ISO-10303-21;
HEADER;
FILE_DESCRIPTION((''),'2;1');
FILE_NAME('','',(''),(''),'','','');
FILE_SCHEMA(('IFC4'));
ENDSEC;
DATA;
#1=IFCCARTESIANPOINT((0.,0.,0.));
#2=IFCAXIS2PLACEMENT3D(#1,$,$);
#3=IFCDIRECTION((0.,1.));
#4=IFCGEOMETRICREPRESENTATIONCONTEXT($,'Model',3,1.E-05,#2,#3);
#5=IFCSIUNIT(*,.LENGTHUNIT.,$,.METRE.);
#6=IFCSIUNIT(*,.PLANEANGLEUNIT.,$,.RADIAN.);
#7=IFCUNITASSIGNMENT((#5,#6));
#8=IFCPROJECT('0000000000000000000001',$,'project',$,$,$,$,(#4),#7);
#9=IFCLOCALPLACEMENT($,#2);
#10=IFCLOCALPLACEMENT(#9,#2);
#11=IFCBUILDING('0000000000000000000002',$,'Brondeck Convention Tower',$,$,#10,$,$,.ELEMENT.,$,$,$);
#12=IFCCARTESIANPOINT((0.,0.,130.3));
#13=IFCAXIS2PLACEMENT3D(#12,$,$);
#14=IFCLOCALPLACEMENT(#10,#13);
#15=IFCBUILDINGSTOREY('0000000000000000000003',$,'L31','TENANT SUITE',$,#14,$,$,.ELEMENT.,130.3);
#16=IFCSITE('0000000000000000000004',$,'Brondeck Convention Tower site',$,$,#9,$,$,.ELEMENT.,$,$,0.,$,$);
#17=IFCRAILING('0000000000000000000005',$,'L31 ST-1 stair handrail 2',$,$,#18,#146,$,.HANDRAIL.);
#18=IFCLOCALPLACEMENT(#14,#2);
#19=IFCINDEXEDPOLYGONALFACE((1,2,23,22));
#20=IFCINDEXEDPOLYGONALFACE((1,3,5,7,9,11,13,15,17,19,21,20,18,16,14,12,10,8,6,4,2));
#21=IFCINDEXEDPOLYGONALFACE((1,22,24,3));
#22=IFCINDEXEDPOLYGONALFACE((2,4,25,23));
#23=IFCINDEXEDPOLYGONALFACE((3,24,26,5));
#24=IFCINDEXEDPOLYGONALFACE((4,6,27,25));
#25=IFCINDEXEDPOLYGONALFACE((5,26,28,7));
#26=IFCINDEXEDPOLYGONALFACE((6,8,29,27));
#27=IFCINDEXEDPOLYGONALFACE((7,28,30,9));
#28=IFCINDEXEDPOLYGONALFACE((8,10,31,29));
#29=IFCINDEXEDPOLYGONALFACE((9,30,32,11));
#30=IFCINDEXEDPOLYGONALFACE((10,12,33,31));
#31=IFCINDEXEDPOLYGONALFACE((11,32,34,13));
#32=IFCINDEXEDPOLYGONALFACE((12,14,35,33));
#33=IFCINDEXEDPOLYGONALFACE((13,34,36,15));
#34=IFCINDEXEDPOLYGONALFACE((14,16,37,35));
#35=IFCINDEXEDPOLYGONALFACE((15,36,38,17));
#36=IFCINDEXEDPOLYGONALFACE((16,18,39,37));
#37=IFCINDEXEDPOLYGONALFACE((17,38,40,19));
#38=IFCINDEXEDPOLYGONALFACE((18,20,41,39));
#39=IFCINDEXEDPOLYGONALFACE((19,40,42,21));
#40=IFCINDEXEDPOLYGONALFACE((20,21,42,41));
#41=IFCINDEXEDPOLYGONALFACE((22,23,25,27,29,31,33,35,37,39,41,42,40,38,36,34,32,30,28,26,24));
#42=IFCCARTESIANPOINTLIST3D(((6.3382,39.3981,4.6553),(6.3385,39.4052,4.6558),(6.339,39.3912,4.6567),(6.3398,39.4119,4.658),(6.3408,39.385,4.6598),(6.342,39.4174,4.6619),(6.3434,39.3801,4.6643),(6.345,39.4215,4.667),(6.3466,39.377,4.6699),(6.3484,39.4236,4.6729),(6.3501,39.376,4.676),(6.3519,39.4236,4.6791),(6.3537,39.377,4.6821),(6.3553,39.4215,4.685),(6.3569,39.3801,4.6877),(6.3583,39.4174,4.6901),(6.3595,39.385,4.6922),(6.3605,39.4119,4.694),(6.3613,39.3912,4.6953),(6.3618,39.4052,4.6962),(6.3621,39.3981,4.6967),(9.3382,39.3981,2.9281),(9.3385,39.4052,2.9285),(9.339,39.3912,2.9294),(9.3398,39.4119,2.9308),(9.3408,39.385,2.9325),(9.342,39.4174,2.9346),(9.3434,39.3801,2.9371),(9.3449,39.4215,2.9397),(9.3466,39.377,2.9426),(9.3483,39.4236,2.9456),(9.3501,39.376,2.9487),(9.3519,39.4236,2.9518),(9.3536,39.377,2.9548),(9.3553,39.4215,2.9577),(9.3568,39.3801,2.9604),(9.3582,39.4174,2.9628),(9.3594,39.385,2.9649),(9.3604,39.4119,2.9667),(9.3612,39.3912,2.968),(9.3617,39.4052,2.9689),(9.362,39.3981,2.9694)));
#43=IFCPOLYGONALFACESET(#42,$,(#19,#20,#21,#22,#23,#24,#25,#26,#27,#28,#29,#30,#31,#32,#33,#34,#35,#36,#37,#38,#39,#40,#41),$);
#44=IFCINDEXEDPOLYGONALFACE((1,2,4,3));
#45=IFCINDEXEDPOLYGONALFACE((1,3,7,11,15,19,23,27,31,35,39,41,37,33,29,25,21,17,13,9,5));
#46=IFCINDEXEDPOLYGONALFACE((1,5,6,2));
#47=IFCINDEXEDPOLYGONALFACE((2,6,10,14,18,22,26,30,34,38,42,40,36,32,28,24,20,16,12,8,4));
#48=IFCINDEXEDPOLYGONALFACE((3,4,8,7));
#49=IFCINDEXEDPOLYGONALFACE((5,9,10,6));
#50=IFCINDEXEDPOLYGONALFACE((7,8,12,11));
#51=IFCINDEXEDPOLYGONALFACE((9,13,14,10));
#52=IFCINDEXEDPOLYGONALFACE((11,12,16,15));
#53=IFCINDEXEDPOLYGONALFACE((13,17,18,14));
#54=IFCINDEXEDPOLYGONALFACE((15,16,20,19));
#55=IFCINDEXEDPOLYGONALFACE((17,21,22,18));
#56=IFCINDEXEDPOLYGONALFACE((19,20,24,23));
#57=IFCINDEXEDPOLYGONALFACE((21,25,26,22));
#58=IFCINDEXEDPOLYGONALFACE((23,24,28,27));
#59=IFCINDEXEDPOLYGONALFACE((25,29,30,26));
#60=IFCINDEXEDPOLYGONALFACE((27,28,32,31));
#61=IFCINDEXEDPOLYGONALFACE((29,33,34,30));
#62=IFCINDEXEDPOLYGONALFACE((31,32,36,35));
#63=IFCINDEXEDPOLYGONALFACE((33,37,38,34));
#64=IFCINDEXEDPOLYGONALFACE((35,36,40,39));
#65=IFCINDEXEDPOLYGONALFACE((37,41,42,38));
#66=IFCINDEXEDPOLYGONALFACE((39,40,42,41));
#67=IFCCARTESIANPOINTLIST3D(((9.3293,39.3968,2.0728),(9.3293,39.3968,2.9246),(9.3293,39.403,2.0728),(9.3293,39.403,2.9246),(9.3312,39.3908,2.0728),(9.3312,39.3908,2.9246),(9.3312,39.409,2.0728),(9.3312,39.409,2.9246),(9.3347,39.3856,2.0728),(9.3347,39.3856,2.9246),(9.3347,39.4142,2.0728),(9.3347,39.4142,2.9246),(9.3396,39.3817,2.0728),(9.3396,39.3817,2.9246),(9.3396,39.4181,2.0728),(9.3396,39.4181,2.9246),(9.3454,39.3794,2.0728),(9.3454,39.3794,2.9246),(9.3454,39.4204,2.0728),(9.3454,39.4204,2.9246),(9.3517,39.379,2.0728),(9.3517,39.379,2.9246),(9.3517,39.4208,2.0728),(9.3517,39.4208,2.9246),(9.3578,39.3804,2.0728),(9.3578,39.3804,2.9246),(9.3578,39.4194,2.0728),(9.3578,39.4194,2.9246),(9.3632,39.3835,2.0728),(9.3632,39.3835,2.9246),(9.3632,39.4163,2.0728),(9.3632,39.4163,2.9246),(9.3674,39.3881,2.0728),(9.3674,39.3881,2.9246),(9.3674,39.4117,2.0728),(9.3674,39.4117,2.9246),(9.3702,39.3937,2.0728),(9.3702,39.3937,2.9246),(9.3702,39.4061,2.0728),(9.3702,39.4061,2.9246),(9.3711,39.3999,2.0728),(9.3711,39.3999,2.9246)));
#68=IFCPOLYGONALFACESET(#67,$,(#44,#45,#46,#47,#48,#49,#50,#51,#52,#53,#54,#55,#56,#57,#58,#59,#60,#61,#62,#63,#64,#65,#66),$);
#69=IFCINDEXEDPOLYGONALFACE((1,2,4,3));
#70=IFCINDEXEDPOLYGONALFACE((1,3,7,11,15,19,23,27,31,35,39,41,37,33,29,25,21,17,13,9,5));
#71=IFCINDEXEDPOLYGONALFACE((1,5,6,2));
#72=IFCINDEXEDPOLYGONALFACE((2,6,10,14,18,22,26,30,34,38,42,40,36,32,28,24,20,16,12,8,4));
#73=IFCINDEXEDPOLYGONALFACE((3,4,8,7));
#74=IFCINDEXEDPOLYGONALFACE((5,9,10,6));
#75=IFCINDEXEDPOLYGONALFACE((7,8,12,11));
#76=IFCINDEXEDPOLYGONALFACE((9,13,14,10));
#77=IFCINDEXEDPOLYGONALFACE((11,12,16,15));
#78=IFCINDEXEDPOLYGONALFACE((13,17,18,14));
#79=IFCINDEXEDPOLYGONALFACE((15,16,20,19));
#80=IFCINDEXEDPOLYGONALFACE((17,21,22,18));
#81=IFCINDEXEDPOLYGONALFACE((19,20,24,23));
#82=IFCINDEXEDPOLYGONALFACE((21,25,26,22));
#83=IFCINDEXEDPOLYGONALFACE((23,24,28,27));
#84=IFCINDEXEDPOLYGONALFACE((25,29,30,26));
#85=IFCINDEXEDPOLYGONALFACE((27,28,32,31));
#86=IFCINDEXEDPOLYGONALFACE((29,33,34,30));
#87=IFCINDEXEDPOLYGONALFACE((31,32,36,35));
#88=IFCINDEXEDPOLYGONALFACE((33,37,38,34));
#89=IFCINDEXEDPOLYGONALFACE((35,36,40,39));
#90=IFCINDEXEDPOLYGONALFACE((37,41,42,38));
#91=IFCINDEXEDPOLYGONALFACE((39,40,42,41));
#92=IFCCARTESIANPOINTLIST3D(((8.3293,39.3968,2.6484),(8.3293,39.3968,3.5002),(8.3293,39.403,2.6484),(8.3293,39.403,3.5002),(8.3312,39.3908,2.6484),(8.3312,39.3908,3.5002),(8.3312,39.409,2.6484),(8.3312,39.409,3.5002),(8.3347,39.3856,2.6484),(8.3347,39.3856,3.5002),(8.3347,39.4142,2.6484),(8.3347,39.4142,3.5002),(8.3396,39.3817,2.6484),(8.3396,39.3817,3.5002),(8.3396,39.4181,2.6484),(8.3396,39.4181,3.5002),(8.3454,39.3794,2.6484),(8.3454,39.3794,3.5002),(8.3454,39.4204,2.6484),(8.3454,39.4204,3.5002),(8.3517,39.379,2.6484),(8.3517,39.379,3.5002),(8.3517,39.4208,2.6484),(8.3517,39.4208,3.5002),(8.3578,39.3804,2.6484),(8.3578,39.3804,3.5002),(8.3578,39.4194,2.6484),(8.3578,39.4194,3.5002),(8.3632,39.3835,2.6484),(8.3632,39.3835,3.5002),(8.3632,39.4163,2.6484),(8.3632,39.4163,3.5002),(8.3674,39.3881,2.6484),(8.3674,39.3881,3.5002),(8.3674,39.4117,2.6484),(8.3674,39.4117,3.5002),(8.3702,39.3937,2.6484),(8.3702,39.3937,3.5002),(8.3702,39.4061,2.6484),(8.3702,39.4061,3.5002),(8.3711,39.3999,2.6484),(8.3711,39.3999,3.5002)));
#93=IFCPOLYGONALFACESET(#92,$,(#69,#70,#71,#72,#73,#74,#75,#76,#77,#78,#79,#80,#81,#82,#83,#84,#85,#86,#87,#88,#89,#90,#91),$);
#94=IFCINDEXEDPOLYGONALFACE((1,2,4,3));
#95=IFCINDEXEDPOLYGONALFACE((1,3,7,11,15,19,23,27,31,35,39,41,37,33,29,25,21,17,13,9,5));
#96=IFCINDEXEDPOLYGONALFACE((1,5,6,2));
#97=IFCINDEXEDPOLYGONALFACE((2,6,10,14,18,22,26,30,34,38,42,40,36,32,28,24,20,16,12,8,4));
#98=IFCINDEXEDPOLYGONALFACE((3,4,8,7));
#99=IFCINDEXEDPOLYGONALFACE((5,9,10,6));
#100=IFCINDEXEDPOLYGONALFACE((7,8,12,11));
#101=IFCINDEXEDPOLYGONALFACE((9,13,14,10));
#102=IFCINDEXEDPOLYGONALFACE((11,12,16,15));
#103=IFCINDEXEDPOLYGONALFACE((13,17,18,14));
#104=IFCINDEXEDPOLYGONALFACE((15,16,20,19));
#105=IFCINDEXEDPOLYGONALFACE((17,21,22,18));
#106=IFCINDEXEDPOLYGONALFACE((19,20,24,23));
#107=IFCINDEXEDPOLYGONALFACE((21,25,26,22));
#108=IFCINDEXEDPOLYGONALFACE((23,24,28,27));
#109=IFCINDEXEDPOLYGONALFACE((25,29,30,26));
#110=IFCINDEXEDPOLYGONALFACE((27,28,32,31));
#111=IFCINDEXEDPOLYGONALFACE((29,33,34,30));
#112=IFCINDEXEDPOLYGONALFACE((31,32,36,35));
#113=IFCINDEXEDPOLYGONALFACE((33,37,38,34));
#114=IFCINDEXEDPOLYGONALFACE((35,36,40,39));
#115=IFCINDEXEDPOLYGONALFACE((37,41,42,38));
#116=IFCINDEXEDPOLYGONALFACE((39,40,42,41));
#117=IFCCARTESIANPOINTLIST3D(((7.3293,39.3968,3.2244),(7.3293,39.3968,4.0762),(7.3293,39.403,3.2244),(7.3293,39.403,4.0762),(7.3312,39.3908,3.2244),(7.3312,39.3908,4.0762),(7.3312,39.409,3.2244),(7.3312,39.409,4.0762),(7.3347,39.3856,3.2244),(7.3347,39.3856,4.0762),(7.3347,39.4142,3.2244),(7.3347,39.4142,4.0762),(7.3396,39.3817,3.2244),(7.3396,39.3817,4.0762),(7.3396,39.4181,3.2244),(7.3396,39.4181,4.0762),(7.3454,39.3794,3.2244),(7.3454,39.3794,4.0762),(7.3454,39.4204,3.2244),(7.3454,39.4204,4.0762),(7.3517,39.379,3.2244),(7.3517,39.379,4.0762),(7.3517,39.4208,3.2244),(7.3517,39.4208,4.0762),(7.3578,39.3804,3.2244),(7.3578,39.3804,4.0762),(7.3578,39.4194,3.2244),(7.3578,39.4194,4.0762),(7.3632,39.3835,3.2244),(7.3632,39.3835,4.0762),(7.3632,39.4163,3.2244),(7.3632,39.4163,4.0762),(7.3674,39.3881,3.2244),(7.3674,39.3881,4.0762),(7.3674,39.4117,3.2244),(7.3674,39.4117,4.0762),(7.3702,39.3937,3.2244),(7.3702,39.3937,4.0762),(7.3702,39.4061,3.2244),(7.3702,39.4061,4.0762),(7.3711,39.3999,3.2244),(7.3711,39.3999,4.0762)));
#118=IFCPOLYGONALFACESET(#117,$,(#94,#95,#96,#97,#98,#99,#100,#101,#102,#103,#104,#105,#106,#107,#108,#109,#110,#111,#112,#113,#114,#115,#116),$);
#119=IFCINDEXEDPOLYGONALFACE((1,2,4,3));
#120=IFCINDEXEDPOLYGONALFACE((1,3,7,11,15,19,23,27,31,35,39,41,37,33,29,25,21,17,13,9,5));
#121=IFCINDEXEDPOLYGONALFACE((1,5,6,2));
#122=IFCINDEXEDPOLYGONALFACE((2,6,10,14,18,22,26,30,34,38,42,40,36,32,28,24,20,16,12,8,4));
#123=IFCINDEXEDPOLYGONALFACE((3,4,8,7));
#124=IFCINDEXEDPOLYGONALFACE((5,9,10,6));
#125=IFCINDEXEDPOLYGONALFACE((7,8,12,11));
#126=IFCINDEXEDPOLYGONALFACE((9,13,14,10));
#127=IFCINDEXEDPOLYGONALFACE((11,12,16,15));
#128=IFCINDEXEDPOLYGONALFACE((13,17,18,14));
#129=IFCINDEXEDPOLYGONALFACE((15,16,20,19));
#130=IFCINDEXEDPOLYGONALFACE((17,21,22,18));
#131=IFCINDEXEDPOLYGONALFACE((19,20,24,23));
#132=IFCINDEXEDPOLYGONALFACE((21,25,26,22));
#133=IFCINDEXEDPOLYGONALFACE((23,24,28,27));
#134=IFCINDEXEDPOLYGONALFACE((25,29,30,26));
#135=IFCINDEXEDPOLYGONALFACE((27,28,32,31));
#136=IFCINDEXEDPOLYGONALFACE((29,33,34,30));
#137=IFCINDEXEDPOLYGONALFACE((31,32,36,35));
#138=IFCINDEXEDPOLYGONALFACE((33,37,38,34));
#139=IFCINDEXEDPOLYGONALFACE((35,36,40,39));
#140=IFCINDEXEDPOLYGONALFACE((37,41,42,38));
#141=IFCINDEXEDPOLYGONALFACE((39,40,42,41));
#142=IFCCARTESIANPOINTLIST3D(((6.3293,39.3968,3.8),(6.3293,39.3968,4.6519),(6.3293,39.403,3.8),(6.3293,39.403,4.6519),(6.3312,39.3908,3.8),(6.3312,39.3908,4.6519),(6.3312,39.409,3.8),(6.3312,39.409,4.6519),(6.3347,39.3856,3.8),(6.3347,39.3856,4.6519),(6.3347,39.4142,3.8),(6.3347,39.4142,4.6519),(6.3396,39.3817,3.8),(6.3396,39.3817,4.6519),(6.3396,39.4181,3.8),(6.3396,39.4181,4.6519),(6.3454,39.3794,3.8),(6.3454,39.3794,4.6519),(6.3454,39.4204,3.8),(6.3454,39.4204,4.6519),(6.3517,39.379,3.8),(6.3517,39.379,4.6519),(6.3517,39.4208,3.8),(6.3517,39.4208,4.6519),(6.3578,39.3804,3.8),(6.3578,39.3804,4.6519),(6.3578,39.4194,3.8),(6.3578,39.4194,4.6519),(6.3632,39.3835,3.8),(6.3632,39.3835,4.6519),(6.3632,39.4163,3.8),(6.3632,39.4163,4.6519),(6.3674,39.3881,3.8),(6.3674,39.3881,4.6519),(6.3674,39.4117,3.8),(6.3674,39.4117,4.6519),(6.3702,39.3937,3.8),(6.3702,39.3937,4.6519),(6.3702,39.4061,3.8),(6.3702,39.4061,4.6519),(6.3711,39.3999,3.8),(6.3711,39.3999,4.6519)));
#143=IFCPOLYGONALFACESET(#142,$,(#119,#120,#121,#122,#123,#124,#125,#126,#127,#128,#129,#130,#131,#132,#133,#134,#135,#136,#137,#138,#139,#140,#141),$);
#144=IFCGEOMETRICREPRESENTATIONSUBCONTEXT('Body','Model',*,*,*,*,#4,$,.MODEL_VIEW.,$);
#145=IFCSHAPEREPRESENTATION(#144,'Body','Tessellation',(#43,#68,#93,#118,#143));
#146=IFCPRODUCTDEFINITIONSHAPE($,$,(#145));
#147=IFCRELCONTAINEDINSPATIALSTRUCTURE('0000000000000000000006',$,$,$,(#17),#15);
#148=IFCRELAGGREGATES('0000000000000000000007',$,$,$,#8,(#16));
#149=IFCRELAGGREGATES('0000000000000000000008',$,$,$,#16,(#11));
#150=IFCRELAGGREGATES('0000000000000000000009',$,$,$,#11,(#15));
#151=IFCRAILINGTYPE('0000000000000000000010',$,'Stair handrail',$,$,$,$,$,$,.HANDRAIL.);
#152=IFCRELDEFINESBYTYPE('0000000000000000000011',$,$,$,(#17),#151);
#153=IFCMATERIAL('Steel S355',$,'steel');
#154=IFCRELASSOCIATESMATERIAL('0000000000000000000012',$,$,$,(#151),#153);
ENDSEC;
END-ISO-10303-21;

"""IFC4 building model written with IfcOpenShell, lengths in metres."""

from ifc_helpers import new_model, si_unit, direction, frame, origin, origin_2d, place, context, subcontext, project, spatial, circle, extrude, material, type_object, element, save


model = new_model("IFC4")

# Units and contexts
model_context = context("Model", 3, precision=1e-05, world=origin(), true_north=direction((0.0, 1.0)))
body_context = subcontext(model_context, "Body", "Model", "MODEL_VIEW")
ifc_project = project(units=[si_unit("LENGTHUNIT", "METRE"), si_unit("PLANEANGLEUNIT", "RADIAN")], contexts=[model_context])

# Site, building, storey
site_placement = place(None, origin())
site = spatial("IfcSite", under=ifc_project, at=site_placement, Name="Brondeck Convention Tower site", CompositionType="ELEMENT", RefElevation=0.0)
building_placement = place(site_placement, origin())
building = spatial("IfcBuilding", under=site, at=building_placement, Name="Brondeck Convention Tower", CompositionType="ELEMENT")
storey_placement = place(building_placement, frame((0.0, 0.0, 130.3)))
storey = spatial("IfcBuildingStorey", under=building, at=storey_placement, Name="L31", Description="TENANT SUITE", CompositionType="ELEMENT", Elevation=130.3)

# Railing
ifc_material_1 = material(Name="Steel S355", Category="steel")
railing_type = type_object("IfcRailingType", Name="Stair handrail", PredefinedType="HANDRAIL", material=ifc_material_1)
railing_placement = place(storey_placement, frame((9.3501, 39.3999, 2.0728)))
element("IfcRailing", 1, at=railing_placement, inside=storey, type_object=railing_type, Name="L31 ST-1 stair handrail 2", PredefinedType="HANDRAIL", context=body_context, shape_type="SweptSolid", body=[
    extrude(circle(Radius=0.0239, at=origin_2d()), frame((0.0, 0.0, 0.876), z_axis=(-0.86662, 0.0, 0.498969), x_axis=(0.0, -1.0, 0.0)), (0.0, 0.0, 1.0), 3.4617),
    extrude(circle(Radius=0.021, at=origin_2d()), origin(), (0.0, 0.0, 1.0), 0.8518),
    extrude(circle(Radius=0.021, at=origin_2d()), frame((-1.0, 0.0, 0.5757)), (0.0, 0.0, 1.0), 0.8518),
    extrude(circle(Radius=0.021, at=origin_2d()), frame((-2.0, 0.0, 1.1516)), (0.0, 0.0, 1.0), 0.8518),
    extrude(circle(Radius=0.021, at=origin_2d()), frame((-3.0, 0.0, 1.7273)), (0.0, 0.0, 1.0), 0.8518),
])

save(model, "model.ifc")
